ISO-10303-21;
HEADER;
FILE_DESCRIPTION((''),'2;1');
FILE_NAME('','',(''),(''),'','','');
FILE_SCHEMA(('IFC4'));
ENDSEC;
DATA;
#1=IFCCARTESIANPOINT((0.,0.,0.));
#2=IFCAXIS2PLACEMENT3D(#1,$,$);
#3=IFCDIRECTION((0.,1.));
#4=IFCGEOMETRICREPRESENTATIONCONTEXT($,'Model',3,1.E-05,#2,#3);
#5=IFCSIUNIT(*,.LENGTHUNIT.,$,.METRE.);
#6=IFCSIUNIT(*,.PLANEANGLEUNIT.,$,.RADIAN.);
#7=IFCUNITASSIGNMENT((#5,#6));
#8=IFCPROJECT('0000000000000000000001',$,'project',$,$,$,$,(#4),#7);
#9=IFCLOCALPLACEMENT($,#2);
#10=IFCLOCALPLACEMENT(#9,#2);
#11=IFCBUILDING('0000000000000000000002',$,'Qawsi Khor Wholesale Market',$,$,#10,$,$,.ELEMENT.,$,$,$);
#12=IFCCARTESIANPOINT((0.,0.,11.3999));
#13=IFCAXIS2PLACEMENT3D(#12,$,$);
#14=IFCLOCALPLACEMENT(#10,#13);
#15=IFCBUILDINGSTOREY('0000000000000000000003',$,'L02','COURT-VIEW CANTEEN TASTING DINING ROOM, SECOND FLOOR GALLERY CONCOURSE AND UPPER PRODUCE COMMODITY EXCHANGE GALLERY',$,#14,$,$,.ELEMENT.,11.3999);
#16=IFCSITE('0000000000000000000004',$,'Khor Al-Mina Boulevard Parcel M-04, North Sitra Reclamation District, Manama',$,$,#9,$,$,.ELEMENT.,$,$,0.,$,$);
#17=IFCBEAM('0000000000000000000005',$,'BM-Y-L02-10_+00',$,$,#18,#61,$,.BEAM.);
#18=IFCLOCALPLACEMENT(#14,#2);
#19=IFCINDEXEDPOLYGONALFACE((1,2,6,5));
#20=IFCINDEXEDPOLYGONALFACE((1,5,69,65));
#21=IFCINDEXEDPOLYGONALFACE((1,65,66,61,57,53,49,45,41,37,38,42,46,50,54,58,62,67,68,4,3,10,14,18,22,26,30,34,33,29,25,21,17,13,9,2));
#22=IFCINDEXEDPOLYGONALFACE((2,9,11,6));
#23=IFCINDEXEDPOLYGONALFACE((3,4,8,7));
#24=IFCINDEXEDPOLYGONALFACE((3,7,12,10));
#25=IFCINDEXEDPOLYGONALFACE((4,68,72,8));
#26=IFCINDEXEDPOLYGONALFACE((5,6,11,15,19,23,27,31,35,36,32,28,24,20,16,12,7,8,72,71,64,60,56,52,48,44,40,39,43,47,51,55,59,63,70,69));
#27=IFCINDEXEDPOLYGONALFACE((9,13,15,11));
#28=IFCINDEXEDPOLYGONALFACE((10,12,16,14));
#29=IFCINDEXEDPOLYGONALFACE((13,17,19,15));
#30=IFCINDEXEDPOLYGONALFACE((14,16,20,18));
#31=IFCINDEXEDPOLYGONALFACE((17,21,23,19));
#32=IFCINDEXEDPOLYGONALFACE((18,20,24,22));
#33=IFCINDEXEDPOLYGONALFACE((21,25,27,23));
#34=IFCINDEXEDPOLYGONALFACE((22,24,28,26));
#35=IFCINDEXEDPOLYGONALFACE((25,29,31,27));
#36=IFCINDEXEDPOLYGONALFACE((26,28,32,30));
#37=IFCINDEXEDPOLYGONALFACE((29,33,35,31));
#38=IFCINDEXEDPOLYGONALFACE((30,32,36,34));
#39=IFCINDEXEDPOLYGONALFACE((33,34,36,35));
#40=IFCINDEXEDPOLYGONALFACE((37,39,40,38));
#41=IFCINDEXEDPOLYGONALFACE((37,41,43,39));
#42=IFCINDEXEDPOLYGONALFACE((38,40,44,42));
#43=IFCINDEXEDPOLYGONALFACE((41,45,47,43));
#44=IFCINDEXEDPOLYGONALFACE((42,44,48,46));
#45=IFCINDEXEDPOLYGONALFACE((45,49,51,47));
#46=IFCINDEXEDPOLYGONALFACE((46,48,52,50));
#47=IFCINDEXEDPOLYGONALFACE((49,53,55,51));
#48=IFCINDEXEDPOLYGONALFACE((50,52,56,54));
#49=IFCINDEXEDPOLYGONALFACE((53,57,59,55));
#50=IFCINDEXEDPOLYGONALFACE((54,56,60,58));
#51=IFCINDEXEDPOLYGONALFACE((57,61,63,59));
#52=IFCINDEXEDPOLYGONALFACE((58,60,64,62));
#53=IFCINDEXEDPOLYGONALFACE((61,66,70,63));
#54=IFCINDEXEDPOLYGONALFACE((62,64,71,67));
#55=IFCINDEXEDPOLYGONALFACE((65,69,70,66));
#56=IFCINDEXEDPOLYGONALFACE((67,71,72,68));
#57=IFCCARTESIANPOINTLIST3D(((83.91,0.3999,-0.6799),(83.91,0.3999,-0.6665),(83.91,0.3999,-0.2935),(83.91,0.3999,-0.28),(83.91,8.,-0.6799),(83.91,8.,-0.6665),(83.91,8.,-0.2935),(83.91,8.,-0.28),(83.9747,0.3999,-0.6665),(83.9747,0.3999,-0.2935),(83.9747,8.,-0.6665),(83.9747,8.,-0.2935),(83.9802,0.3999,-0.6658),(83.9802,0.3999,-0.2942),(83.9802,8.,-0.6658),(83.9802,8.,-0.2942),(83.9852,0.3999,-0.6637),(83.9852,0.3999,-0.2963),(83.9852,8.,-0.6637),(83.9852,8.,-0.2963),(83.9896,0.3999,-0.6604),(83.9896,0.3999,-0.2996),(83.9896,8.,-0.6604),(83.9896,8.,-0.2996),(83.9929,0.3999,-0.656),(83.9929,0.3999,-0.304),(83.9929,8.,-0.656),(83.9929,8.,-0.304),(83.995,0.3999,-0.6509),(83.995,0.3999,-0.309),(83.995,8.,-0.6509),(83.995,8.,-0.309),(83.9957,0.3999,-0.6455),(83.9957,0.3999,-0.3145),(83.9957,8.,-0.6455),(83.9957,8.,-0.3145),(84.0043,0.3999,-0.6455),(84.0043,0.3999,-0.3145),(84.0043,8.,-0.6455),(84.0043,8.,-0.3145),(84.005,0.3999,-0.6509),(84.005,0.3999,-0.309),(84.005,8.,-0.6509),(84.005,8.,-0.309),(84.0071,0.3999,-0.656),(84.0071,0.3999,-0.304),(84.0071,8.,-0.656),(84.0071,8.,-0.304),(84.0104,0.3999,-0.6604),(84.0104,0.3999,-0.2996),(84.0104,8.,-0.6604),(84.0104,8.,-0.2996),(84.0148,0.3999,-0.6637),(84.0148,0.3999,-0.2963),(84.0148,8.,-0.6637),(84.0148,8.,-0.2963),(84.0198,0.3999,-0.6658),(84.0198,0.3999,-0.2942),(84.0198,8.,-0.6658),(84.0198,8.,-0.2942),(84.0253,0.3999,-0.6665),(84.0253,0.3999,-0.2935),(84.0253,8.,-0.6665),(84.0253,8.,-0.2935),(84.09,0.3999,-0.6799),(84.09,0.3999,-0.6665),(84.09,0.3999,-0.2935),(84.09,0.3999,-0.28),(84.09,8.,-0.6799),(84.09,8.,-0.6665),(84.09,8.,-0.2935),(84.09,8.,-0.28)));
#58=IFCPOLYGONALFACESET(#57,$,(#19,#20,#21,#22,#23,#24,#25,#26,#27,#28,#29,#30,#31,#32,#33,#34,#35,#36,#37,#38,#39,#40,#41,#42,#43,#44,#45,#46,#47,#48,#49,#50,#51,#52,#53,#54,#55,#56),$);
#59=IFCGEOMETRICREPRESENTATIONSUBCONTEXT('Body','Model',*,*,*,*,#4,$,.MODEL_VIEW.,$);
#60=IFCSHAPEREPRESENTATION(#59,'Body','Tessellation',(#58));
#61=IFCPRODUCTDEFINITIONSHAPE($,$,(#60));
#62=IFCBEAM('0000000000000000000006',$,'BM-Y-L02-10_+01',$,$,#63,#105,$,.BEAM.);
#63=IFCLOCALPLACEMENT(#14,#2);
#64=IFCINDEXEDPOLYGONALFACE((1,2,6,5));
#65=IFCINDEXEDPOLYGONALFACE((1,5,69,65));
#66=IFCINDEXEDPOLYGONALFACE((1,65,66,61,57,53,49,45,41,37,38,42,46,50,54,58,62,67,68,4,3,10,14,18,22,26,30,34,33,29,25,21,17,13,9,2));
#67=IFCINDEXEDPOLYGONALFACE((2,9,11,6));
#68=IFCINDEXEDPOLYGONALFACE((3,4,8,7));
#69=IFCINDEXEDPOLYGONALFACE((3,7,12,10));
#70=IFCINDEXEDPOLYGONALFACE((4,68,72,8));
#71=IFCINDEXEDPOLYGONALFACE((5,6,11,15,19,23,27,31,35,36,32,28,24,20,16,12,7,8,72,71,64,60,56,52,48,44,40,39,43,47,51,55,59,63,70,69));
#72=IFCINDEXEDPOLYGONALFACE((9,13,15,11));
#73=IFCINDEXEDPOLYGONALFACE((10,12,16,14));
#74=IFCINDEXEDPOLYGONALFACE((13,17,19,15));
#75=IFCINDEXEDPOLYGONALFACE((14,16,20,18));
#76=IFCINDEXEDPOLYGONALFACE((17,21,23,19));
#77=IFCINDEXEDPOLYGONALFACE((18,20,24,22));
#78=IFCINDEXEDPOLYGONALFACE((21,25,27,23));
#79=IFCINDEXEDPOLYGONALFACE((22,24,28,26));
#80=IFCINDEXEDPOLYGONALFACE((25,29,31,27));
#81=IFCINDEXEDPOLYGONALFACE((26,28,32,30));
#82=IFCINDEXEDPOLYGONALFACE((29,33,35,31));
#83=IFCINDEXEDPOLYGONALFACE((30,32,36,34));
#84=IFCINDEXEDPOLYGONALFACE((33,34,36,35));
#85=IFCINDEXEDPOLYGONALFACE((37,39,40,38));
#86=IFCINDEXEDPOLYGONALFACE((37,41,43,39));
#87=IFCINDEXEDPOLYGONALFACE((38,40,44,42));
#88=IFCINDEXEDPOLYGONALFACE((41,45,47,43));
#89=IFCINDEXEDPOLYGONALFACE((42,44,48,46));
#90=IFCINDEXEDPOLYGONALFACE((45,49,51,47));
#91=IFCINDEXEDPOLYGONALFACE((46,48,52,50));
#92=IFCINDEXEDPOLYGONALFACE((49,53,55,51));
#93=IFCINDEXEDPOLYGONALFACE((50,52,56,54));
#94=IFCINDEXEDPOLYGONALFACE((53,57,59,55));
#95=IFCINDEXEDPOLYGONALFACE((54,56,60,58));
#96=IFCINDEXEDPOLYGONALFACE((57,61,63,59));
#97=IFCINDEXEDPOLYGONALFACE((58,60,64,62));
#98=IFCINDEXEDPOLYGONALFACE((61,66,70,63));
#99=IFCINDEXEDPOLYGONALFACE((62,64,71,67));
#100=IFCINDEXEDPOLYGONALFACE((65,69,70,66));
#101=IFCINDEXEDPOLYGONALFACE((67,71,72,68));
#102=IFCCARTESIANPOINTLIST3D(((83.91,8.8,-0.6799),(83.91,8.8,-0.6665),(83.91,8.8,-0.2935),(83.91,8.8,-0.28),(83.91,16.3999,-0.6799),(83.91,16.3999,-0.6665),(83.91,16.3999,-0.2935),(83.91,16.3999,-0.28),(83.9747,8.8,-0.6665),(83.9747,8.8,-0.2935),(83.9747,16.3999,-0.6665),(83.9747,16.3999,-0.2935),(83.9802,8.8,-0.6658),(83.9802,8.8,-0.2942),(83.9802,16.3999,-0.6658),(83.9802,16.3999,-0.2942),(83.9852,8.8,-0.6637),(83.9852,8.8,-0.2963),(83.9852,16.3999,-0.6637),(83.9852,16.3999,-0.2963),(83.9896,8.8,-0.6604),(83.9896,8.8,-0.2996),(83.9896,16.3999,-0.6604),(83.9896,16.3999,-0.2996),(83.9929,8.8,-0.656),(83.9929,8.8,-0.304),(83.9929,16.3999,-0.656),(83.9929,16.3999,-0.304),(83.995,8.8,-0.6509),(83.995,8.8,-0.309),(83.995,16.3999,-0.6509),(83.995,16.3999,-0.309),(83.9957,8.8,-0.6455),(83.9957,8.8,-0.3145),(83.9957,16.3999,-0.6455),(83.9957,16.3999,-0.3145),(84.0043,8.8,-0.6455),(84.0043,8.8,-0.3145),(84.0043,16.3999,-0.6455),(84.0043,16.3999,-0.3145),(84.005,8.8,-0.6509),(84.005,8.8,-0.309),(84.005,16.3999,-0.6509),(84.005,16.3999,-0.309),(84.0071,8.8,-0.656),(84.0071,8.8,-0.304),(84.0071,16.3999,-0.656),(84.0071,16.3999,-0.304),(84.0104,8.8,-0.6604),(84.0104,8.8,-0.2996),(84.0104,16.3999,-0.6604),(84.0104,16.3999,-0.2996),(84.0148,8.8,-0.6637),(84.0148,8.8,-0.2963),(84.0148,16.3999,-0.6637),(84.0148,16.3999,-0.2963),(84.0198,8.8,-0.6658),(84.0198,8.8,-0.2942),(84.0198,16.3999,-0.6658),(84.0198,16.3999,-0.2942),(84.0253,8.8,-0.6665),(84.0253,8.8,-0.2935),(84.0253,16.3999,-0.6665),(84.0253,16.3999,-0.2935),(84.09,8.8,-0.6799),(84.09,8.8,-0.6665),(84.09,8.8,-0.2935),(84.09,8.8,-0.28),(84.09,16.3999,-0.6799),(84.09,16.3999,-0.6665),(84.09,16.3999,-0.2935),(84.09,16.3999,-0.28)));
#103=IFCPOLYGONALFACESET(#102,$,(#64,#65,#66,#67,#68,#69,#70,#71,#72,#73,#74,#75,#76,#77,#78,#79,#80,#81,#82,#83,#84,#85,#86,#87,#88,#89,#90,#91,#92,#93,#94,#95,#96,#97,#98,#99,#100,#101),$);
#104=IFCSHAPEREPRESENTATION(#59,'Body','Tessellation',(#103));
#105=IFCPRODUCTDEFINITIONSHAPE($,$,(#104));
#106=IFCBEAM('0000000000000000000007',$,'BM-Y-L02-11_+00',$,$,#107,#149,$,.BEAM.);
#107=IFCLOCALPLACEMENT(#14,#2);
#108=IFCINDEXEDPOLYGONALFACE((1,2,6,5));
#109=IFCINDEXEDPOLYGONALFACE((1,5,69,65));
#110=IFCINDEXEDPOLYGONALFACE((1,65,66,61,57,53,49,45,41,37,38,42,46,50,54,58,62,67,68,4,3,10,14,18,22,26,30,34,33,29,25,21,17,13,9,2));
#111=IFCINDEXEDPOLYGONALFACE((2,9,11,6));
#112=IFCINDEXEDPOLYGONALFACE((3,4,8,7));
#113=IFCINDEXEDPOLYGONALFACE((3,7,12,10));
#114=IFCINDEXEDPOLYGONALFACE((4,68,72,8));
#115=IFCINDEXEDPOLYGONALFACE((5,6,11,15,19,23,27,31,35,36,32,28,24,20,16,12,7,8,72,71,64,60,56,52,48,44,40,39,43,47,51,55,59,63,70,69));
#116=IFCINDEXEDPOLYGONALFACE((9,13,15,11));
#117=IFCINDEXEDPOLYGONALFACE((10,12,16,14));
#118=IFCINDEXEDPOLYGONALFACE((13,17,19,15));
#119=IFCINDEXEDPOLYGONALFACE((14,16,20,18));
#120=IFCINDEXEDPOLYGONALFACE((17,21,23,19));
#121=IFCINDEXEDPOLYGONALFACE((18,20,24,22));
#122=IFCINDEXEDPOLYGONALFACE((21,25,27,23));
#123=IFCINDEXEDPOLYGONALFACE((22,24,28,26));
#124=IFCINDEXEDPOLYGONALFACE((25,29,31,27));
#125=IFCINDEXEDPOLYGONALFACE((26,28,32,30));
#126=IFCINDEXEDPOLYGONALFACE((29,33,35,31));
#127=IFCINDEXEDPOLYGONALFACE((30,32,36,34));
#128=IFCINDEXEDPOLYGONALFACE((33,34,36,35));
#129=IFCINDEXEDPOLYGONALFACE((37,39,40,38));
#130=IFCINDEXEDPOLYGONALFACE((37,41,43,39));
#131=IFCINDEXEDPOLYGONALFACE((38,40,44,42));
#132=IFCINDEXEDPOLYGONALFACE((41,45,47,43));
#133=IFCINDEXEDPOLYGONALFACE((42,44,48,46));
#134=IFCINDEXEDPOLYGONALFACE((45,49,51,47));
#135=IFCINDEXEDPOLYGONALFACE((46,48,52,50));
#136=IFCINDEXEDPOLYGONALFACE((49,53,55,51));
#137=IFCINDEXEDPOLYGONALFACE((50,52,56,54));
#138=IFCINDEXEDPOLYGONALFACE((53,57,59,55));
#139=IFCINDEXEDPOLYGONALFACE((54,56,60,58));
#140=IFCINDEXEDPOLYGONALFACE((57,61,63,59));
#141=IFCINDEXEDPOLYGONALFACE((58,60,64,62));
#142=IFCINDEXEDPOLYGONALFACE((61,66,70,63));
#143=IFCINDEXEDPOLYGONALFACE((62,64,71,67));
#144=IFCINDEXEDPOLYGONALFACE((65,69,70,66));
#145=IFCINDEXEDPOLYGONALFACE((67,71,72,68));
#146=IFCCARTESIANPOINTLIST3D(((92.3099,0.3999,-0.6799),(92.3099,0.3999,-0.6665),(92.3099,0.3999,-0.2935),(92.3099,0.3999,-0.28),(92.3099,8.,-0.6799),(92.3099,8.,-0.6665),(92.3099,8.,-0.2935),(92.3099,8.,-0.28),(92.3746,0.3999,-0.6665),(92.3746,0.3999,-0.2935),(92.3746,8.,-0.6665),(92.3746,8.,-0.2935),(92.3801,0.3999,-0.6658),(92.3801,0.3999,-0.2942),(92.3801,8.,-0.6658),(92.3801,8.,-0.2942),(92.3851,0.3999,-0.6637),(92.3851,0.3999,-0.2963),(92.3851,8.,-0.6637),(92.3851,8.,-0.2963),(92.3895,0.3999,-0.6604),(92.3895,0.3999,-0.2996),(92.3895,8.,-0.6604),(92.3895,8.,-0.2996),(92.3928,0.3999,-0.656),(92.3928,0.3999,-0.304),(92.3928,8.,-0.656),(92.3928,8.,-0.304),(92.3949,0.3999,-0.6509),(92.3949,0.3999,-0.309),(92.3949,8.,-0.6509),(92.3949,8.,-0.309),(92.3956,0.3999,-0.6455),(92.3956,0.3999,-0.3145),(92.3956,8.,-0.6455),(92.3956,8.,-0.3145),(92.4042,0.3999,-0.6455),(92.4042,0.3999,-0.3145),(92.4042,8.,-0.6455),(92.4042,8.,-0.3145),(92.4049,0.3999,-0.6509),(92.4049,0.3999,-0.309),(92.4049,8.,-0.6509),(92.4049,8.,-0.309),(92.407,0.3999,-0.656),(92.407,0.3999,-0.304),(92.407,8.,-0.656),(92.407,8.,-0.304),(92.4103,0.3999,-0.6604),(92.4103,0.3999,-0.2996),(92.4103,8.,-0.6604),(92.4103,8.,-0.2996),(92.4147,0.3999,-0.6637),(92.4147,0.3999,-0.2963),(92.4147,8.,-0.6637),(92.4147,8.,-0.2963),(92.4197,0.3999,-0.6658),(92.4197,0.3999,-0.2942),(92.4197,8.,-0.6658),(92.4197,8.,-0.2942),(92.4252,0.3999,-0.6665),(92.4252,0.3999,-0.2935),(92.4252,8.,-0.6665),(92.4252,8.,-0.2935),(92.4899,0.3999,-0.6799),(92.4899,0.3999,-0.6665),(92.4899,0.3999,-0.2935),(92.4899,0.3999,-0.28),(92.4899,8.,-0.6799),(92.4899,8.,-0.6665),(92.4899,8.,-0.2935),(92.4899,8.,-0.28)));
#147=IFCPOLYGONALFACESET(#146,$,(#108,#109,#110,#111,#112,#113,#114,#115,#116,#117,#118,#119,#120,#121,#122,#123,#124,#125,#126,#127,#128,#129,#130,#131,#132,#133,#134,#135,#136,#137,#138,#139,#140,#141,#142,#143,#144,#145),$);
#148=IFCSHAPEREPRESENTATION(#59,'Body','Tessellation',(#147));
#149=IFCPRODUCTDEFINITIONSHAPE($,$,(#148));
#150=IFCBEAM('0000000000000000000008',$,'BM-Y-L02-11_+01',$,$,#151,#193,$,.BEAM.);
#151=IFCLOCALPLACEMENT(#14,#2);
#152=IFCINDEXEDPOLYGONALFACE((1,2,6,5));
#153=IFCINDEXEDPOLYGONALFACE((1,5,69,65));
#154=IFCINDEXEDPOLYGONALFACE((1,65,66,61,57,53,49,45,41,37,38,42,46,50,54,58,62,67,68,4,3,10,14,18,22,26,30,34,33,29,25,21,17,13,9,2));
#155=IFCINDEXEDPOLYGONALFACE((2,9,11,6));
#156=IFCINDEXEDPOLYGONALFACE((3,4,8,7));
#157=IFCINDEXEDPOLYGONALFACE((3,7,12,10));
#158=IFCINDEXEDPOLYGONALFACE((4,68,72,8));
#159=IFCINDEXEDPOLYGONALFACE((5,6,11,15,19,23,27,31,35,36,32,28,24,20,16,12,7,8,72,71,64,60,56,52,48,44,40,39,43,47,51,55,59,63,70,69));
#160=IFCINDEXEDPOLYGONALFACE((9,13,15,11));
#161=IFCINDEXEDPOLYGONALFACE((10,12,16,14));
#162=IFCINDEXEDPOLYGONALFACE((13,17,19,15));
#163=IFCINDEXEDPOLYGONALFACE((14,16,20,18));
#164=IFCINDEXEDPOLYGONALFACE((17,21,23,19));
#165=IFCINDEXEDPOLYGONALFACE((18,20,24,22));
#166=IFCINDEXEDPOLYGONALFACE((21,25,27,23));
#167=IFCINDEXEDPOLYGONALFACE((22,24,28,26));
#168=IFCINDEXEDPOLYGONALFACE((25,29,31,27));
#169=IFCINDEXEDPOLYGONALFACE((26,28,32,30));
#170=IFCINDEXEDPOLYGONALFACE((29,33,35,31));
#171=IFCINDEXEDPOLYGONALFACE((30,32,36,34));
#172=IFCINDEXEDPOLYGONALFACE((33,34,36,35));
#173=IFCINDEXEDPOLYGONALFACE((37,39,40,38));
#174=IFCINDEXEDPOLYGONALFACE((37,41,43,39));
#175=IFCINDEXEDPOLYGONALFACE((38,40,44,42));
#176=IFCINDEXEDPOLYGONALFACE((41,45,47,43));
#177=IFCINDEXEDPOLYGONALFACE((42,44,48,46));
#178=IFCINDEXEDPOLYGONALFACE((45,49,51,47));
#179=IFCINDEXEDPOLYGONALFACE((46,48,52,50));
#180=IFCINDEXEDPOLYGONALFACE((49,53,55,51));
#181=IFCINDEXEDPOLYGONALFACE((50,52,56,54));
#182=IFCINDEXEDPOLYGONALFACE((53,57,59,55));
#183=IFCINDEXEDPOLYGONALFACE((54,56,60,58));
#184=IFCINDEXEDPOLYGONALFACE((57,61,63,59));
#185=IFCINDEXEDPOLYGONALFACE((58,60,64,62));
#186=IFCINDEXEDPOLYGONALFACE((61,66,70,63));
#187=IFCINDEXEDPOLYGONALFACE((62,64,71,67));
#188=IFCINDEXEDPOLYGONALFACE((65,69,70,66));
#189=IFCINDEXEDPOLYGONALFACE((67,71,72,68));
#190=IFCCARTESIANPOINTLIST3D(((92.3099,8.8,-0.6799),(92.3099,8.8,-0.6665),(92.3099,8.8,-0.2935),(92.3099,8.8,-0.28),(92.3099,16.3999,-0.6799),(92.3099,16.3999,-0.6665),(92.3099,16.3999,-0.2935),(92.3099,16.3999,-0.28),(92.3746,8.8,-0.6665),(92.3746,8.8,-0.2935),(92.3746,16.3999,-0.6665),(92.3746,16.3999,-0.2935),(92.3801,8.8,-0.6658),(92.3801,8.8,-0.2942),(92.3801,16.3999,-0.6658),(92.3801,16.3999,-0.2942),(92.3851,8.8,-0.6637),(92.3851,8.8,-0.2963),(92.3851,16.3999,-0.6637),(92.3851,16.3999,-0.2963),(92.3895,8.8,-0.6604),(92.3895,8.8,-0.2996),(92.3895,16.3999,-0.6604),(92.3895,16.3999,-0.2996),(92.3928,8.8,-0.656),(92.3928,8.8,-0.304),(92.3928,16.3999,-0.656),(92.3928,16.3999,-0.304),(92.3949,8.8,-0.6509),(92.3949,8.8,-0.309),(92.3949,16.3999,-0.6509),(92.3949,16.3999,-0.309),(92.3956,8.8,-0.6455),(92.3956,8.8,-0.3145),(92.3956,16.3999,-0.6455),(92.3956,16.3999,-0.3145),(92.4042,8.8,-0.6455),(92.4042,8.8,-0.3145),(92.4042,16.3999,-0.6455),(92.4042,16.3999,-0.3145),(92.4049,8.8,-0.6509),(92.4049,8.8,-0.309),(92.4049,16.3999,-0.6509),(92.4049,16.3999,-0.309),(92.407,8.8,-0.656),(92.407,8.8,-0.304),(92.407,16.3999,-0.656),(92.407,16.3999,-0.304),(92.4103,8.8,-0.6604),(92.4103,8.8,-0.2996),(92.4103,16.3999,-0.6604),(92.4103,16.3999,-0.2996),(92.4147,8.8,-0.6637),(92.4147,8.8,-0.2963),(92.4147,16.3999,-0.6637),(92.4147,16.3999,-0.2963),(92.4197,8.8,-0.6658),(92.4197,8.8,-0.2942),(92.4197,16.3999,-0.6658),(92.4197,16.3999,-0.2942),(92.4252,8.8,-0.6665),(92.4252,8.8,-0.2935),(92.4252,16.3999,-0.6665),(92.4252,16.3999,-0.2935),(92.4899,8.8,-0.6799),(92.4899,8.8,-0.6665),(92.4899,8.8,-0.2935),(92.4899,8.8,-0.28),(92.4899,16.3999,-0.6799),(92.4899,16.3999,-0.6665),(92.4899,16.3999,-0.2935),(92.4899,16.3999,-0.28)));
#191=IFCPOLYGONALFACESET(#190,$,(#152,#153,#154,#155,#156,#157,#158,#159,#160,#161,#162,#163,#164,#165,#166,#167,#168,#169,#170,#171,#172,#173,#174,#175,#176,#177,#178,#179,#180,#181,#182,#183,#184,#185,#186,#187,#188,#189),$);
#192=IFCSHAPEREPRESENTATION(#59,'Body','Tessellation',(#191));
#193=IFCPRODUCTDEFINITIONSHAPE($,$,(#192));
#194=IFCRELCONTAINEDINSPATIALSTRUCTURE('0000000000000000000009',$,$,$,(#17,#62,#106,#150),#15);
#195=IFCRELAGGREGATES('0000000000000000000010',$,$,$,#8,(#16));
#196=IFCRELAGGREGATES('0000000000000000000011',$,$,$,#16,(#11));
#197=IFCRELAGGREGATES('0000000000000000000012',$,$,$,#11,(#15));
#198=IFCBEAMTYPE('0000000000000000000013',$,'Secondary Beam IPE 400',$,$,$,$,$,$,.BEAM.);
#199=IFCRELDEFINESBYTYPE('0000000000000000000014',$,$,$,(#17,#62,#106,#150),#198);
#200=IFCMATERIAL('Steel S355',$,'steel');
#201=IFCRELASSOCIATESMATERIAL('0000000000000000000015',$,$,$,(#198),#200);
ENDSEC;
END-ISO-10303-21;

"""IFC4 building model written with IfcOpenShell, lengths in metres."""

from ifc_helpers import new_model, si_unit, direction, frame, origin, origin_2d, place, context, subcontext, project, spatial, i_section, extrude, material, material_profile, profile_set, type_object, element, save


model = new_model("IFC4")

# Units and contexts
model_context = context("Model", 3, precision=1e-05, world=origin(), true_north=direction((0.0, 1.0)))
body_context = subcontext(model_context, "Body", "Model", "MODEL_VIEW")
ifc_project = project(units=[si_unit("LENGTHUNIT", "METRE"), si_unit("PLANEANGLEUNIT", "RADIAN")], contexts=[model_context])

# Site, building, storey
site_placement = place(None, origin())
site = spatial("IfcSite", under=ifc_project, at=site_placement, Name="Khor Al-Mina Boulevard Parcel M-04, North Sitra Reclamation District, Manama", CompositionType="ELEMENT", RefElevation=0.0)
building_placement = place(site_placement, origin())
building = spatial("IfcBuilding", under=site, at=building_placement, Name="Qawsi Khor Wholesale Market", CompositionType="ELEMENT")
storey_placement = place(building_placement, frame((0.0, 0.0, 11.3999)))
storey = spatial("IfcBuildingStorey", under=building, at=storey_placement, Name="L02", Description="COURT-VIEW CANTEEN TASTING DINING ROOM, SECOND FLOOR GALLERY CONCOURSE AND UPPER PRODUCE COMMODITY EXCHANGE GALLERY", CompositionType="ELEMENT", Elevation=11.3999)

# Beams
ifc_material_1 = material(Name="Steel S355", Category="steel")
ifc_material_profile_1 = material_profile(ifc_material_1, i_section(OverallWidth=0.1799, OverallDepth=0.3999, WebThickness=0.0085, FlangeThickness=0.0134, FilletRadius=0.021, at=origin_2d()), Name="IPE 400")
ifc_profile_set_1 = profile_set([ifc_material_profile_1], Name="Steel S355")
beam_type_1 = type_object("IfcBeamType", Name="Secondary Beam IPE 400", PredefinedType="BEAM", material=ifc_profile_set_1)
beam_1_placement = place(storey_placement, frame((84.0, 0.3999, -0.48), z_axis=(0.0, 1.0, 0.0), x_axis=(-1.0, 0.0, 0.0)))
element("IfcBeam", 1, at=beam_1_placement, inside=storey, type_object=beam_type_1, Name="BM-Y-L02-10_+00", PredefinedType="BEAM", context=body_context, shape_type="SweptSolid", body=[
    extrude(i_section(OverallWidth=0.1799, OverallDepth=0.3999, WebThickness=0.0085, FlangeThickness=0.0134, FilletRadius=0.021, at=origin_2d()), origin(), (0.0, 0.0, 1.0), 7.6001),
])
beam_2_placement = place(storey_placement, frame((84.0, 8.8, -0.48), z_axis=(0.0, 1.0, 0.0), x_axis=(-1.0, 0.0, 0.0)))
element("IfcBeam", 2, at=beam_2_placement, inside=storey, type_object=beam_type_1, Name="BM-Y-L02-10_+01", PredefinedType="BEAM", context=body_context, shape_type="SweptSolid", body=[
    extrude(i_section(OverallWidth=0.1799, OverallDepth=0.3999, WebThickness=0.0085, FlangeThickness=0.0134, FilletRadius=0.021, at=origin_2d()), origin(), (0.0, 0.0, 1.0), 7.5999),
])
beam_3_placement = place(storey_placement, frame((92.3999, 0.3999, -0.48), z_axis=(0.0, 1.0, 0.0), x_axis=(-1.0, 0.0, 0.0)))
element("IfcBeam", 3, at=beam_3_placement, inside=storey, type_object=beam_type_1, Name="BM-Y-L02-11_+00", PredefinedType="BEAM", context=body_context, shape_type="SweptSolid", body=[
    extrude(i_section(OverallWidth=0.1799, OverallDepth=0.3999, WebThickness=0.0085, FlangeThickness=0.0134, FilletRadius=0.021, at=origin_2d()), origin(), (0.0, 0.0, 1.0), 7.6001),
])
beam_4_placement = place(storey_placement, frame((92.3999, 8.8, -0.48), z_axis=(0.0, 1.0, 0.0), x_axis=(-1.0, 0.0, 0.0)))
element("IfcBeam", 4, at=beam_4_placement, inside=storey, type_object=beam_type_1, Name="BM-Y-L02-11_+01", PredefinedType="BEAM", context=body_context, shape_type="SweptSolid", body=[
    extrude(i_section(OverallWidth=0.1799, OverallDepth=0.3999, WebThickness=0.0085, FlangeThickness=0.0134, FilletRadius=0.021, at=origin_2d()), origin(), (0.0, 0.0, 1.0), 7.5999),
])

save(model, "model.ifc")
